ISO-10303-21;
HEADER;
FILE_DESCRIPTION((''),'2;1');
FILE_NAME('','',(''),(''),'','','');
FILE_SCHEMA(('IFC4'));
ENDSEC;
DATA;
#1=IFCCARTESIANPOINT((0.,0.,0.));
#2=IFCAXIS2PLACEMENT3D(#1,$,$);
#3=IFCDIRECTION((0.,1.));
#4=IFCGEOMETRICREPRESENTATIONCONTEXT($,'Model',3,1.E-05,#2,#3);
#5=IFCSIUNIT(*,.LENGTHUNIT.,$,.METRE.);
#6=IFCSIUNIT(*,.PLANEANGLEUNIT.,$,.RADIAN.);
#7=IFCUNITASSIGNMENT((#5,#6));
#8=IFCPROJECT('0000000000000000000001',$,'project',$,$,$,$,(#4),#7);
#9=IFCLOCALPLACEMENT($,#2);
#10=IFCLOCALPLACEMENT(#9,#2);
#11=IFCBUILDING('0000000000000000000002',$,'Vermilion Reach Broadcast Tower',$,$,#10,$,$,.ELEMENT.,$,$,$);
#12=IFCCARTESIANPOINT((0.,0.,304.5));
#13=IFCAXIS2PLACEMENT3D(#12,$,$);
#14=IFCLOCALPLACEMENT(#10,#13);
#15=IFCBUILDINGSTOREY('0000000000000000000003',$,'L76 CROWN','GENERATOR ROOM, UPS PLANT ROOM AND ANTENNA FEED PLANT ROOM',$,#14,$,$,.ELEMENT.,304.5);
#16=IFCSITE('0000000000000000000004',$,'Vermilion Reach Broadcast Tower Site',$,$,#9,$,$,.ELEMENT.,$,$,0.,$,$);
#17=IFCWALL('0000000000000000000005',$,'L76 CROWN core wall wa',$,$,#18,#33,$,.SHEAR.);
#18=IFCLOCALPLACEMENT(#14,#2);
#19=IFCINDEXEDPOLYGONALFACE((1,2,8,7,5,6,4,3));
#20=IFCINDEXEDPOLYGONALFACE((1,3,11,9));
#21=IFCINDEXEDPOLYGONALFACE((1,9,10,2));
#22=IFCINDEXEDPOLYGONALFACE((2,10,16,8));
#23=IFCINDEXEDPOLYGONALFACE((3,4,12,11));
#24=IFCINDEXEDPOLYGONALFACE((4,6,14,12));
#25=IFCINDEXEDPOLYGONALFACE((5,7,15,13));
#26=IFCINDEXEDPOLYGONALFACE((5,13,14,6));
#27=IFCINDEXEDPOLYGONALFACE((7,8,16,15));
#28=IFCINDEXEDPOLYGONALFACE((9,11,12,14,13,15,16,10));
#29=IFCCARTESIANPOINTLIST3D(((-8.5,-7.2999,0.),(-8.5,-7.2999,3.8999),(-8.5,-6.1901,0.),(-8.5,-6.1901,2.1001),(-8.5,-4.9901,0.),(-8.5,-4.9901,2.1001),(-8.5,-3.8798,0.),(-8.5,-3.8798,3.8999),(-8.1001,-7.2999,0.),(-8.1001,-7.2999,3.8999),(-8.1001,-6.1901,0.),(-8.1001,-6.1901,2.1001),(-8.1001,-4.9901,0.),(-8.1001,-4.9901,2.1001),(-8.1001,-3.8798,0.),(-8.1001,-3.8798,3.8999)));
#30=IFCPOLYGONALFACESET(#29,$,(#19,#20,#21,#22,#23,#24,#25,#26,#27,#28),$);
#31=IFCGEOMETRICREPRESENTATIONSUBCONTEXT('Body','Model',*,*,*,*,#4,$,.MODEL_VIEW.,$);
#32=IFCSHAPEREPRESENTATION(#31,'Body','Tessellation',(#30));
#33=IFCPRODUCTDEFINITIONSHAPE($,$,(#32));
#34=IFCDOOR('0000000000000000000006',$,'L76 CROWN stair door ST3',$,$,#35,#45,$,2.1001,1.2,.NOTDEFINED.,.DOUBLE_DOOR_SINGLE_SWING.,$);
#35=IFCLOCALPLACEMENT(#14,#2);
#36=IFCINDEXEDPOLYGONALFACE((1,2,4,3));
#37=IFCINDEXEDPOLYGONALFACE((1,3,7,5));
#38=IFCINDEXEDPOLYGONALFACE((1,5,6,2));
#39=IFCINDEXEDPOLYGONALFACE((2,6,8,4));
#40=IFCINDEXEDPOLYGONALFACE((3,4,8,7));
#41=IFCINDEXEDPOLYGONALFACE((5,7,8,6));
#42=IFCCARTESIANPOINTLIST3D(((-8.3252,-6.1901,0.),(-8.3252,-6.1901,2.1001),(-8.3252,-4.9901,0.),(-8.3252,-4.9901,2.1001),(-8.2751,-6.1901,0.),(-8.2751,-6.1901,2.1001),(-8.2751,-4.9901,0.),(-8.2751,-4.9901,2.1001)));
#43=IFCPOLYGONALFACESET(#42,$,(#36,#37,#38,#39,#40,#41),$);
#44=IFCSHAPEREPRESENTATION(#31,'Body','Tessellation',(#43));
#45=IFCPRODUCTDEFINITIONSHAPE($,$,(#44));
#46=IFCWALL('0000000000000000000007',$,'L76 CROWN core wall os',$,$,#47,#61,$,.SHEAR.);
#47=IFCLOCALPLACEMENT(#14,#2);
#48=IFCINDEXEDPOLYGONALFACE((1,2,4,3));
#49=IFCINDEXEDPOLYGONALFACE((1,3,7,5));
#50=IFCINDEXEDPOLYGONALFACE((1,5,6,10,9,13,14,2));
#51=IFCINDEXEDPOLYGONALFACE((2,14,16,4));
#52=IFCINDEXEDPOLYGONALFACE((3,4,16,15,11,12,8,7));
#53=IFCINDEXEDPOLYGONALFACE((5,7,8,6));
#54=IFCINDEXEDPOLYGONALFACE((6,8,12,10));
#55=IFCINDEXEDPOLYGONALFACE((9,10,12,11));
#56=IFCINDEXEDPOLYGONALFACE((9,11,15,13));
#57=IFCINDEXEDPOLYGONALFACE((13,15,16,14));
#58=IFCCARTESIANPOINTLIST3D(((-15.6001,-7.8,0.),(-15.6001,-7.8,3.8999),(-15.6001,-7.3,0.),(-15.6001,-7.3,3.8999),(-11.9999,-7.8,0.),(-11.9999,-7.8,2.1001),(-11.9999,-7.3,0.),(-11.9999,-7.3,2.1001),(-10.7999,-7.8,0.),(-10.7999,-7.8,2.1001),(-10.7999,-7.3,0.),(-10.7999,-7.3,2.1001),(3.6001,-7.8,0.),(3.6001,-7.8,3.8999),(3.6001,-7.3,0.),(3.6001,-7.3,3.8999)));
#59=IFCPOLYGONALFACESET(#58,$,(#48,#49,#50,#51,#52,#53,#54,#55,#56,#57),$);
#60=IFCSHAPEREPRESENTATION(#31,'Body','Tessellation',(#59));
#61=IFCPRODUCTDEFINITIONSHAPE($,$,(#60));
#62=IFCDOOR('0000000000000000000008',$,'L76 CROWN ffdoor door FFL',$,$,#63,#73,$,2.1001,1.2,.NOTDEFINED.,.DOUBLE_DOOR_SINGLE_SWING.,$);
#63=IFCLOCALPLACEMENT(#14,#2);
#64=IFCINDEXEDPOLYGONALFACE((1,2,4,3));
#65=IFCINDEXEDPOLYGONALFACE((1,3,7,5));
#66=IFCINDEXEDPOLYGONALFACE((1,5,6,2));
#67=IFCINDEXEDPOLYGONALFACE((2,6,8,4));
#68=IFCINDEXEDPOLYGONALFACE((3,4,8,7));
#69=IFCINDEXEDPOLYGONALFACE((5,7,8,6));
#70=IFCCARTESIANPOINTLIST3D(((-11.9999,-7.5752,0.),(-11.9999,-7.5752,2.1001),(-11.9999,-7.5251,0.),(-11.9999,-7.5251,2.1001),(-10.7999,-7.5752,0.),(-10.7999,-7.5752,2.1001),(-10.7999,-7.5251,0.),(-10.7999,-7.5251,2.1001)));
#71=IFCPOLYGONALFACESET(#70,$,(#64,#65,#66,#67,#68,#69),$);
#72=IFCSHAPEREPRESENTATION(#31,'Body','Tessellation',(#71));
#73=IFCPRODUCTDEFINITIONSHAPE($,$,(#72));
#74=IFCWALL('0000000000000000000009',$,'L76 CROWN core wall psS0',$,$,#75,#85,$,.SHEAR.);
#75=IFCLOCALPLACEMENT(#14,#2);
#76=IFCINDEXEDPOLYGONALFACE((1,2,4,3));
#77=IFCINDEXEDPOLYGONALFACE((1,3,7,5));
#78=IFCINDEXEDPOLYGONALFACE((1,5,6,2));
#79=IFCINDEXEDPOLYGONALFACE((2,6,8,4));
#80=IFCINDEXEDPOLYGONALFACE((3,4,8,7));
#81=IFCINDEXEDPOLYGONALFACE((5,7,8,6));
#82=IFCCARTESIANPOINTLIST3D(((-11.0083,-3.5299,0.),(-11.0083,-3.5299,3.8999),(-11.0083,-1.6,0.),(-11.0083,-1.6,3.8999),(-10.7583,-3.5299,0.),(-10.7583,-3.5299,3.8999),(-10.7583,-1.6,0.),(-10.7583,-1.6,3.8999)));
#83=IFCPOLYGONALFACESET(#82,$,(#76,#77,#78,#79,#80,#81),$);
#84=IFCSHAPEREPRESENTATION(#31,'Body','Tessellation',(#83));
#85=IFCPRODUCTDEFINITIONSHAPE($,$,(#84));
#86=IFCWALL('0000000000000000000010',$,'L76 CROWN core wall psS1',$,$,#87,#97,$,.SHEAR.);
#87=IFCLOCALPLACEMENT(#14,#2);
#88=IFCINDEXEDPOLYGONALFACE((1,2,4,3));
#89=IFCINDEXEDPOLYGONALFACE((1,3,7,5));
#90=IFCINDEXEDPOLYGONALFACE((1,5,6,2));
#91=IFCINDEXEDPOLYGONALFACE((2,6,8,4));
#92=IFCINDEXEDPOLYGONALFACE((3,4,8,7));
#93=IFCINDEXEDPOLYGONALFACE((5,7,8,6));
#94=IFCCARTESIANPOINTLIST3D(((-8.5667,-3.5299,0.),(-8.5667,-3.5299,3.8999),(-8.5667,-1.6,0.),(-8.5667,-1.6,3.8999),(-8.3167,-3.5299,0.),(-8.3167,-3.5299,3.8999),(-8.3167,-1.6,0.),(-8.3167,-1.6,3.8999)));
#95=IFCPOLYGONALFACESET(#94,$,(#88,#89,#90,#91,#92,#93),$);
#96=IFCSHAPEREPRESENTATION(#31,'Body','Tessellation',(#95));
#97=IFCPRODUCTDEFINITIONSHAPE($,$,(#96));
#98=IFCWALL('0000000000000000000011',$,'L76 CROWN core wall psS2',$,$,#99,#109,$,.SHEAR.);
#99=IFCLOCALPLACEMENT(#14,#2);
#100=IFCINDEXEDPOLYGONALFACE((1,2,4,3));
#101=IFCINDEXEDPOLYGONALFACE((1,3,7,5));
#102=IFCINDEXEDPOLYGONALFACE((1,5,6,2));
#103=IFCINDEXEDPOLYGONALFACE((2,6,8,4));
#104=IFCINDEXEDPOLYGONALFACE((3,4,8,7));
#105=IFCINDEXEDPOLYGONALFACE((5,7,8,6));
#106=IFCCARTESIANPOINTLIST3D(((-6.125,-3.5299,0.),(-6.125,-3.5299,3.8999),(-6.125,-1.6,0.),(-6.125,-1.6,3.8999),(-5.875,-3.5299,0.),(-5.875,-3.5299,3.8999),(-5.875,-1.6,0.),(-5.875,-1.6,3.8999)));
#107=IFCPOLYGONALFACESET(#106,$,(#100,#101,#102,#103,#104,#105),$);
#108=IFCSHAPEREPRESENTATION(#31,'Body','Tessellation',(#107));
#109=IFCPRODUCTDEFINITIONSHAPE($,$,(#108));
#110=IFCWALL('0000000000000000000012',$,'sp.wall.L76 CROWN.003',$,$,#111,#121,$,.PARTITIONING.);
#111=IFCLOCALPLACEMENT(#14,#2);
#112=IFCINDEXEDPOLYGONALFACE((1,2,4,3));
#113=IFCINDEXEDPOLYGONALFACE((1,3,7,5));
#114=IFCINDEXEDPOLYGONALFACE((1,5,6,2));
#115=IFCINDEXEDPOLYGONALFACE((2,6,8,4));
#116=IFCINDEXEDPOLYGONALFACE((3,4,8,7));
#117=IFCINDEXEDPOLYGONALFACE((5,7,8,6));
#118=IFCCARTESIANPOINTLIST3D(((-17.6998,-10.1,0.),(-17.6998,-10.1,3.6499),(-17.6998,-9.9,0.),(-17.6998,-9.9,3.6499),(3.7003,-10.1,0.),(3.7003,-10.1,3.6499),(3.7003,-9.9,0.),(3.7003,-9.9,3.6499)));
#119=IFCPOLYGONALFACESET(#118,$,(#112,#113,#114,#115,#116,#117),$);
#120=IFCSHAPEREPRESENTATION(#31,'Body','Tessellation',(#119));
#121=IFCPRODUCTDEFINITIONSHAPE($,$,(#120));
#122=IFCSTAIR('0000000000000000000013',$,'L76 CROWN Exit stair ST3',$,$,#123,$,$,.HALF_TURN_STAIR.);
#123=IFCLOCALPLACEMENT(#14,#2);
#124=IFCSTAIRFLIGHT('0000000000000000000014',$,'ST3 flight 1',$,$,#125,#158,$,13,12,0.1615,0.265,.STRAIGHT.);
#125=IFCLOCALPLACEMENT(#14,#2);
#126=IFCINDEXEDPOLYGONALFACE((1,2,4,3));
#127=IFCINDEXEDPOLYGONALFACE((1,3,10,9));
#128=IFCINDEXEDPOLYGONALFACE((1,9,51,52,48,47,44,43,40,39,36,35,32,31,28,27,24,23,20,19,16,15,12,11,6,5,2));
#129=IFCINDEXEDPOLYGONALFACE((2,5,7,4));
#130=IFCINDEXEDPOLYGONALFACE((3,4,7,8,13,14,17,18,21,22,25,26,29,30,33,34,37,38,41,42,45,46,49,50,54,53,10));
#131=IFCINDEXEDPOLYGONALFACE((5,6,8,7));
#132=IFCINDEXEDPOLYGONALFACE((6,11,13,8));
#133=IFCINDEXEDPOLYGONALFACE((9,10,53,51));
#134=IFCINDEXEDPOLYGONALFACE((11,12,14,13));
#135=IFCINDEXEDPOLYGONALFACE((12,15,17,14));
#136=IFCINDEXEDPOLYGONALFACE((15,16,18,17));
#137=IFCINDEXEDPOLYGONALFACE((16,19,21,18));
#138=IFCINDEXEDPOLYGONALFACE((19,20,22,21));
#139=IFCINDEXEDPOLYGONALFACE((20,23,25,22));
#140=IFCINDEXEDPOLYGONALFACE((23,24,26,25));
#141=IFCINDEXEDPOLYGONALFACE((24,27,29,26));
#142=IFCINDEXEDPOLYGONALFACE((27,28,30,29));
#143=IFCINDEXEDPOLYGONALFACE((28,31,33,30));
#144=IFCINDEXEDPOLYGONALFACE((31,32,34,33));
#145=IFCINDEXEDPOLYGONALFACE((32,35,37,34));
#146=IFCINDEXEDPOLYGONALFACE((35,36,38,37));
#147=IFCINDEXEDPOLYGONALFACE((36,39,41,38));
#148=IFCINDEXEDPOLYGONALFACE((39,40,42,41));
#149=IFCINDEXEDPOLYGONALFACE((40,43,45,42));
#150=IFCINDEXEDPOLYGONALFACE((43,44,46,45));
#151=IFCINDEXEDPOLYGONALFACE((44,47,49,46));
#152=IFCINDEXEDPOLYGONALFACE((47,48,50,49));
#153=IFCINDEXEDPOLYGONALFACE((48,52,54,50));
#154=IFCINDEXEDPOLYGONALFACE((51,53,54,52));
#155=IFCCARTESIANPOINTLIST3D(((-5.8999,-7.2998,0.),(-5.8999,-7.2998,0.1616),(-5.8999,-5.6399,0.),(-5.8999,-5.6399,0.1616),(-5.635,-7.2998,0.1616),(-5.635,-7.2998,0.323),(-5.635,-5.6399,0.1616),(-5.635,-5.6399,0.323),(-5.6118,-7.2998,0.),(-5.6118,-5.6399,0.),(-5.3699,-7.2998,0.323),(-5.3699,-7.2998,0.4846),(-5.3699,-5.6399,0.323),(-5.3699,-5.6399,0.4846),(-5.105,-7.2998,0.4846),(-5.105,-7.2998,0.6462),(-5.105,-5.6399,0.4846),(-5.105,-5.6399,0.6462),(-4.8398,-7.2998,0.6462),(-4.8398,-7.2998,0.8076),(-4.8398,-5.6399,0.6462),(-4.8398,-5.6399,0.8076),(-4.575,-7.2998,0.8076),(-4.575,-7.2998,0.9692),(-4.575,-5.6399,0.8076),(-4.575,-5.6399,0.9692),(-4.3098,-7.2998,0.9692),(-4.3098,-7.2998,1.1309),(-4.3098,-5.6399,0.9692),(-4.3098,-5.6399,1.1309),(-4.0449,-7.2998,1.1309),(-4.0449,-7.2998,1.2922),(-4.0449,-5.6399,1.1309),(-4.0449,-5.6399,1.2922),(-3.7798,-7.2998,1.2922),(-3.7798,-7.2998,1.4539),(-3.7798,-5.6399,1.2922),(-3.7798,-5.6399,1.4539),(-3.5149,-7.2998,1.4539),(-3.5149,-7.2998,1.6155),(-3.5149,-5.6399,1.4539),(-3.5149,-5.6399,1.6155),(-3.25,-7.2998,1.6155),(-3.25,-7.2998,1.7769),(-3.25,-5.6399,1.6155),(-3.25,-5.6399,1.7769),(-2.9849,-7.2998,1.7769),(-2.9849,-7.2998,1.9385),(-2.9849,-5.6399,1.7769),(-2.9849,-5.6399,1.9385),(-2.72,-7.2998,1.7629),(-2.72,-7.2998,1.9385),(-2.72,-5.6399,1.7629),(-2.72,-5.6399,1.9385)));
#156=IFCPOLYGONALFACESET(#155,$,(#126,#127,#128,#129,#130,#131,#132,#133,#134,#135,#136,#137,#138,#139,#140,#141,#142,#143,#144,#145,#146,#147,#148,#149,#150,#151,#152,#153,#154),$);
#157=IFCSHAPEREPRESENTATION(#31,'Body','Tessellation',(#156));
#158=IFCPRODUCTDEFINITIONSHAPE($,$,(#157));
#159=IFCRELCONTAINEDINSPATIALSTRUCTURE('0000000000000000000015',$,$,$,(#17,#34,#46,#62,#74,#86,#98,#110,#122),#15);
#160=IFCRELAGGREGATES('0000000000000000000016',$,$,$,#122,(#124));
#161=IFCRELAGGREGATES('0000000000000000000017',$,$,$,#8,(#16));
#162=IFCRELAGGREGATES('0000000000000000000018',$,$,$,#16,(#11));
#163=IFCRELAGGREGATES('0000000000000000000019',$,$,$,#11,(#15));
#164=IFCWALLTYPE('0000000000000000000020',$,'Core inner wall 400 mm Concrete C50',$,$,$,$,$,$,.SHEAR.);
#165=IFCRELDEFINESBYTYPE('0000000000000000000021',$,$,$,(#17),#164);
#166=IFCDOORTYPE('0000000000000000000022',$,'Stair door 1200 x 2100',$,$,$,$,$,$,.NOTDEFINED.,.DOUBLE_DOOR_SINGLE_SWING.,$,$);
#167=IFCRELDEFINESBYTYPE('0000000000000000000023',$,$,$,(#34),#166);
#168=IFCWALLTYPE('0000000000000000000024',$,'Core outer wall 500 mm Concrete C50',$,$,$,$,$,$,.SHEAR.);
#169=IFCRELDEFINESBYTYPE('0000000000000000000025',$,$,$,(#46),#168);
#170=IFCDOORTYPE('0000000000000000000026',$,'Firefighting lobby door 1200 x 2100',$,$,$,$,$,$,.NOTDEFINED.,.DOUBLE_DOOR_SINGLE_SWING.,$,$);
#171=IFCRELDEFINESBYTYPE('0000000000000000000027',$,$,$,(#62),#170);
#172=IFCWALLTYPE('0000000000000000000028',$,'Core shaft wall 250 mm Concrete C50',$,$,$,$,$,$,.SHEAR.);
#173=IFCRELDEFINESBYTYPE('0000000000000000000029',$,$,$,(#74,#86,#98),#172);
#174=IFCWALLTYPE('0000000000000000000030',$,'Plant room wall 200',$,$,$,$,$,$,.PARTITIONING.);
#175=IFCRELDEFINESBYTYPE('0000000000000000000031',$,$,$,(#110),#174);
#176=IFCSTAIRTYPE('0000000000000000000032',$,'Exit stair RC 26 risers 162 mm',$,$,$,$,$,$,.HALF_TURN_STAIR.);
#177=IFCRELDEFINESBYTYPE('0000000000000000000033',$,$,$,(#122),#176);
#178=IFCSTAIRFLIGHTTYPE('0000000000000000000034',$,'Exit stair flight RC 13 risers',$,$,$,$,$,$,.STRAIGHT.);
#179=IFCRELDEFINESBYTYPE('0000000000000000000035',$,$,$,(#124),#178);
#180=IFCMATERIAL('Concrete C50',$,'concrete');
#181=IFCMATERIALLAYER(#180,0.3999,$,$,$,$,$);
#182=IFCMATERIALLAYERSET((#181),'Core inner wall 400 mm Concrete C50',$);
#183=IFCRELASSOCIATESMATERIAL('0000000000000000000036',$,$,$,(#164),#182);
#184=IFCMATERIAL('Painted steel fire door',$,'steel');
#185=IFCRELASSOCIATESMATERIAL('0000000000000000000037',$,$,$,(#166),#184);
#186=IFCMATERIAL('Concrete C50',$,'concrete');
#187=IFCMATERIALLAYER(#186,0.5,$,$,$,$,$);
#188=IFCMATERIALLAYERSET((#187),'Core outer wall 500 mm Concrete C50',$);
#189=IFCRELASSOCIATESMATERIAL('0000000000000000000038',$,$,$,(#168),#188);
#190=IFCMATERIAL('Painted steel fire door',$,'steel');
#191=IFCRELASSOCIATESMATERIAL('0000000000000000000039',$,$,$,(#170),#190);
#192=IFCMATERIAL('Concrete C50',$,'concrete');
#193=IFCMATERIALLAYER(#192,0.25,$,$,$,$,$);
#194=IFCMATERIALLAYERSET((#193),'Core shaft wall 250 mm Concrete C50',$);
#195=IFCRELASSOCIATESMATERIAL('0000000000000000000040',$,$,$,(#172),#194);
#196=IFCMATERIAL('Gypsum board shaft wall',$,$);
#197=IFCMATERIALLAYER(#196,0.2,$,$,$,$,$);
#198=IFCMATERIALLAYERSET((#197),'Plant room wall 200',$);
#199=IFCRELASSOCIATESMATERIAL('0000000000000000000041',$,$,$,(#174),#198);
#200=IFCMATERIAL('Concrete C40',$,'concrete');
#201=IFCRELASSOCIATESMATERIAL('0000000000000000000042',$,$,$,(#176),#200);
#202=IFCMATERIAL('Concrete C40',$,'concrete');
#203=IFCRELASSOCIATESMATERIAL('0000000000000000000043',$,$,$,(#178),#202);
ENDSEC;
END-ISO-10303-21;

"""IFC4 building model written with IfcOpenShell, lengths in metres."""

from ifc_helpers import new_model, si_unit, direction, frame, frame_2d, origin, place, context, subcontext, project, spatial, polyline, rectangle, outline, extrude, material, layer, layer_set, type_object, element, fill, aggregate, save


model = new_model("IFC4")

# Units and contexts
model_context = context("Model", 3, precision=1e-05, world=origin(), true_north=direction((0.0, 1.0)))
body_context = subcontext(model_context, "Body", "Model", "MODEL_VIEW")
ifc_project = project(units=[si_unit("LENGTHUNIT", "METRE"), si_unit("PLANEANGLEUNIT", "RADIAN")], contexts=[model_context])

# Site, building, storey
site_placement = place(None, origin())
site = spatial("IfcSite", under=ifc_project, at=site_placement, Name="Vermilion Reach Broadcast Tower Site", CompositionType="ELEMENT", RefElevation=0.0)
building_placement = place(site_placement, origin())
building = spatial("IfcBuilding", under=site, at=building_placement, Name="Vermilion Reach Broadcast Tower", CompositionType="ELEMENT")
storey_placement = place(building_placement, frame((0.0, 0.0, 304.5)))
storey = spatial("IfcBuildingStorey", under=building, at=storey_placement, Name="L76 CROWN", Description="GENERATOR ROOM, UPS PLANT ROOM AND ANTENNA FEED PLANT ROOM", CompositionType="ELEMENT", Elevation=304.5)

# Walls, openings, doors
ifc_material_1 = material(Name="Concrete C50", Category="concrete")
ifc_layer_1 = layer(ifc_material_1, 0.3999)
ifc_layer_set_1 = layer_set([ifc_layer_1], Name="Core inner wall 400 mm Concrete C50")
wall_type_1 = type_object("IfcWallType", Name="Core inner wall 400 mm Concrete C50", PredefinedType="SHEAR", material=ifc_layer_set_1)
wall_1_placement = place(storey_placement, frame((-8.3, -3.8799, 0.0), z_axis=(0.0, 0.0, 1.0), x_axis=(0.0, -1.0, 0.0)))
wall_1 = element("IfcWall", 1, at=wall_1_placement, inside=storey, type_object=wall_type_1, Name="L76 CROWN core wall wa", PredefinedType="SHEAR", context=body_context, shape_type="SweptSolid", body=[
    extrude(rectangle(XDim=3.4202, YDim=0.3999, at=frame_2d((1.71, 0.0))), origin(), (0.0, 0.0, 1.0), 3.8999),
])
opening_1_placement = place(wall_1_placement, frame((1.1101, 0.0, 0.0)))
opening_1 = element("IfcOpeningElement", 2, at=opening_1_placement, cuts=wall_1, PredefinedType="OPENING", context=body_context, shape_type="SweptSolid", body=[
    extrude(rectangle(XDim=1.2, YDim=2.1001, at=frame_2d((0.6001, 1.05))), frame((0.0, 0.21, 0.0), z_axis=(0.0, -1.0, 0.0), x_axis=(1.0, 0.0, 0.0)), (0.0, 0.0, 1.0), 0.4199),
])
ifc_material_2 = material(Name="Painted steel fire door", Category="steel")
door_type_1 = type_object("IfcDoorType", Name="Stair door 1200 x 2100", OperationType="DOUBLE_DOOR_SINGLE_SWING", PredefinedType="NOTDEFINED", material=ifc_material_2)
door_1_placement = place(opening_1_placement, origin())
door_1 = element("IfcDoor", 3, at=door_1_placement, inside=storey, type_object=door_type_1, Name="L76 CROWN stair door ST3", OperationType="DOUBLE_DOOR_SINGLE_SWING", OverallHeight=2.1001, OverallWidth=1.2, PredefinedType="NOTDEFINED", context=body_context, shape_type="SweptSolid", body=[
    extrude(rectangle(XDim=1.2, YDim=2.1001, at=frame_2d((0.6001, 1.05))), frame((0.0, 0.0249, 0.0), z_axis=(0.0, -1.0, 0.0), x_axis=(1.0, 0.0, 0.0)), (0.0, 0.0, 1.0), 0.05),
])
fill(opening_1, door_1)
ifc_material_3 = material(Name="Concrete C50", Category="concrete")
ifc_layer_2 = layer(ifc_material_3, 0.5)
ifc_layer_set_2 = layer_set([ifc_layer_2], Name="Core outer wall 500 mm Concrete C50")
wall_type_2 = type_object("IfcWallType", Name="Core outer wall 500 mm Concrete C50", PredefinedType="SHEAR", material=ifc_layer_set_2)
wall_2_placement = place(storey_placement, frame((-15.6001, -7.55, 0.0), z_axis=(0.0, 0.0, 1.0), x_axis=(1.0, 0.0, 0.0)))
wall_2 = element("IfcWall", 4, at=wall_2_placement, inside=storey, type_object=wall_type_2, Name="L76 CROWN core wall os", PredefinedType="SHEAR", context=body_context, shape_type="SweptSolid", body=[
    extrude(rectangle(XDim=19.2002, YDim=0.5, at=frame_2d((9.6001, 0.0))), origin(), (0.0, 0.0, 1.0), 3.8999),
])
opening_2_placement = place(wall_2_placement, frame((3.6001, 0.0, 0.0)))
opening_2 = element("IfcOpeningElement", 5, at=opening_2_placement, cuts=wall_2, PredefinedType="OPENING", context=body_context, shape_type="SweptSolid", body=[
    extrude(rectangle(XDim=1.2, YDim=2.1001, at=frame_2d((0.6001, 1.05))), frame((0.0, 0.26, 0.0), z_axis=(0.0, -1.0, 0.0), x_axis=(1.0, 0.0, 0.0)), (0.0, 0.0, 1.0), 0.52),
])
ifc_material_4 = material(Name="Painted steel fire door", Category="steel")
door_type_2 = type_object("IfcDoorType", Name="Firefighting lobby door 1200 x 2100", OperationType="DOUBLE_DOOR_SINGLE_SWING", PredefinedType="NOTDEFINED", material=ifc_material_4)
door_2_placement = place(opening_2_placement, origin())
door_2 = element("IfcDoor", 6, at=door_2_placement, inside=storey, type_object=door_type_2, Name="L76 CROWN ffdoor door FFL", OperationType="DOUBLE_DOOR_SINGLE_SWING", OverallHeight=2.1001, OverallWidth=1.2, PredefinedType="NOTDEFINED", context=body_context, shape_type="SweptSolid", body=[
    extrude(rectangle(XDim=1.2, YDim=2.1001, at=frame_2d((0.6001, 1.05))), frame((0.0, 0.0249, 0.0), z_axis=(0.0, -1.0, 0.0), x_axis=(1.0, 0.0, 0.0)), (0.0, 0.0, 1.0), 0.05),
])
fill(opening_2, door_2)

# Walls
ifc_material_5 = material(Name="Concrete C50", Category="concrete")
ifc_layer_3 = layer(ifc_material_5, 0.25)
ifc_layer_set_3 = layer_set([ifc_layer_3], Name="Core shaft wall 250 mm Concrete C50")
wall_type_3 = type_object("IfcWallType", Name="Core shaft wall 250 mm Concrete C50", PredefinedType="SHEAR", material=ifc_layer_set_3)
for number, where, z_axis, x_axis, name in (
    (7, (-10.8833, -1.6001, 0.0), (0.0, 0.0, 1.0), (0.0, -1.0, 0.0), "L76 CROWN core wall psS0"),
    (8, (-8.4417, -1.6001, 0.0), (0.0, 0.0, 1.0), (0.0, -1.0, 0.0), "L76 CROWN core wall psS1"),
    (9, (-6.0, -1.6001, 0.0), (0.0, 0.0, 1.0), (0.0, -1.0, 0.0), "L76 CROWN core wall psS2"),
):
    element("IfcWall", number, at=place(storey_placement, frame(where, z_axis=z_axis, x_axis=x_axis)), inside=storey, type_object=wall_type_3, Name=name, PredefinedType="SHEAR", context=body_context, shape_type="SweptSolid", body=[
        extrude(rectangle(XDim=1.9299, YDim=0.25, at=frame_2d((0.9648, 0.0))), origin(), (0.0, 0.0, 1.0), 3.8999),
    ])
ifc_material_6 = material(Name="Gypsum board shaft wall")
ifc_layer_4 = layer(ifc_material_6, 0.2)
ifc_layer_set_4 = layer_set([ifc_layer_4], Name="Plant room wall 200")
wall_type_4 = type_object("IfcWallType", Name="Plant room wall 200", PredefinedType="PARTITIONING", material=ifc_layer_set_4)
wall_3_placement = place(storey_placement, frame((-17.7, -10.0, 0.0), z_axis=(0.0, 0.0, 1.0), x_axis=(1.0, 0.0, 0.0)))
element("IfcWall", 10, at=wall_3_placement, inside=storey, type_object=wall_type_4, Name="sp.wall.L76 CROWN.003", PredefinedType="PARTITIONING", context=body_context, shape_type="SweptSolid", body=[
    extrude(rectangle(XDim=21.4001, YDim=0.2, at=frame_2d((10.7002, 0.0))), origin(), (0.0, 0.0, 1.0), 3.6499),
])

# Stair, stair flight
ifc_material_7 = material(Name="Concrete C40", Category="concrete")
stair_type = type_object("IfcStairType", Name="Exit stair RC 26 risers 162 mm", PredefinedType="HALF_TURN_STAIR", material=ifc_material_7)
stair_placement = place(storey_placement, origin())
stair = element("IfcStair", 11, at=stair_placement, inside=storey, type_object=stair_type, Name="L76 CROWN Exit stair ST3", PredefinedType="HALF_TURN_STAIR")
ifc_material_8 = material(Name="Concrete C40", Category="concrete")
stair_flight_type = type_object("IfcStairFlightType", Name="Exit stair flight RC 13 risers", PredefinedType="STRAIGHT", material=ifc_material_8)
stair_flight_placement = place(storey_placement, frame((-5.8999, -6.47, 0.0), z_axis=(0.0, 0.0, 1.0), x_axis=(1.0, 0.0, 0.0)))
stair_flight = element("IfcStairFlight", 12, at=stair_flight_placement, type_object=stair_flight_type, Name="ST3 flight 1", NumberOfRisers=13, NumberOfTreads=12, PredefinedType="STRAIGHT", RiserHeight=0.1615, TreadLength=0.265, context=body_context, shape_type="SweptSolid", body=[
    extrude(outline(polyline([(0.0, 0.0), (0.0, 0.1616), (0.2649, 0.1616), (0.2649, 0.323), (0.53, 0.323), (0.53, 0.4846), (0.7949, 0.4846), (0.7949, 0.6462), (1.0601, 0.6462), (1.0601, 0.8076), (1.325, 0.8076), (1.325, 0.9692), (1.5901, 0.9692), (1.5901, 1.1309), (1.855, 1.1309), (1.855, 1.2922), (2.1201, 1.2922), (2.1201, 1.4539), (2.385, 1.4539), (2.385, 1.6155), (2.6499, 1.6155), (2.6499, 1.7769), (2.915, 1.7769), (2.915, 1.9385), (3.1799, 1.9385), (3.1799, 2.1001), (3.1799, 1.7629), (0.2881, 0.0), (0.0, 0.0)])), frame((0.0, 0.8301, 0.0), z_axis=(0.0, -1.0, 0.0), x_axis=(1.0, 0.0, 0.0)), (0.0, 0.0, 1.0), 1.6599),
])
aggregate(stair, [stair_flight])

save(model, "model.ifc")
